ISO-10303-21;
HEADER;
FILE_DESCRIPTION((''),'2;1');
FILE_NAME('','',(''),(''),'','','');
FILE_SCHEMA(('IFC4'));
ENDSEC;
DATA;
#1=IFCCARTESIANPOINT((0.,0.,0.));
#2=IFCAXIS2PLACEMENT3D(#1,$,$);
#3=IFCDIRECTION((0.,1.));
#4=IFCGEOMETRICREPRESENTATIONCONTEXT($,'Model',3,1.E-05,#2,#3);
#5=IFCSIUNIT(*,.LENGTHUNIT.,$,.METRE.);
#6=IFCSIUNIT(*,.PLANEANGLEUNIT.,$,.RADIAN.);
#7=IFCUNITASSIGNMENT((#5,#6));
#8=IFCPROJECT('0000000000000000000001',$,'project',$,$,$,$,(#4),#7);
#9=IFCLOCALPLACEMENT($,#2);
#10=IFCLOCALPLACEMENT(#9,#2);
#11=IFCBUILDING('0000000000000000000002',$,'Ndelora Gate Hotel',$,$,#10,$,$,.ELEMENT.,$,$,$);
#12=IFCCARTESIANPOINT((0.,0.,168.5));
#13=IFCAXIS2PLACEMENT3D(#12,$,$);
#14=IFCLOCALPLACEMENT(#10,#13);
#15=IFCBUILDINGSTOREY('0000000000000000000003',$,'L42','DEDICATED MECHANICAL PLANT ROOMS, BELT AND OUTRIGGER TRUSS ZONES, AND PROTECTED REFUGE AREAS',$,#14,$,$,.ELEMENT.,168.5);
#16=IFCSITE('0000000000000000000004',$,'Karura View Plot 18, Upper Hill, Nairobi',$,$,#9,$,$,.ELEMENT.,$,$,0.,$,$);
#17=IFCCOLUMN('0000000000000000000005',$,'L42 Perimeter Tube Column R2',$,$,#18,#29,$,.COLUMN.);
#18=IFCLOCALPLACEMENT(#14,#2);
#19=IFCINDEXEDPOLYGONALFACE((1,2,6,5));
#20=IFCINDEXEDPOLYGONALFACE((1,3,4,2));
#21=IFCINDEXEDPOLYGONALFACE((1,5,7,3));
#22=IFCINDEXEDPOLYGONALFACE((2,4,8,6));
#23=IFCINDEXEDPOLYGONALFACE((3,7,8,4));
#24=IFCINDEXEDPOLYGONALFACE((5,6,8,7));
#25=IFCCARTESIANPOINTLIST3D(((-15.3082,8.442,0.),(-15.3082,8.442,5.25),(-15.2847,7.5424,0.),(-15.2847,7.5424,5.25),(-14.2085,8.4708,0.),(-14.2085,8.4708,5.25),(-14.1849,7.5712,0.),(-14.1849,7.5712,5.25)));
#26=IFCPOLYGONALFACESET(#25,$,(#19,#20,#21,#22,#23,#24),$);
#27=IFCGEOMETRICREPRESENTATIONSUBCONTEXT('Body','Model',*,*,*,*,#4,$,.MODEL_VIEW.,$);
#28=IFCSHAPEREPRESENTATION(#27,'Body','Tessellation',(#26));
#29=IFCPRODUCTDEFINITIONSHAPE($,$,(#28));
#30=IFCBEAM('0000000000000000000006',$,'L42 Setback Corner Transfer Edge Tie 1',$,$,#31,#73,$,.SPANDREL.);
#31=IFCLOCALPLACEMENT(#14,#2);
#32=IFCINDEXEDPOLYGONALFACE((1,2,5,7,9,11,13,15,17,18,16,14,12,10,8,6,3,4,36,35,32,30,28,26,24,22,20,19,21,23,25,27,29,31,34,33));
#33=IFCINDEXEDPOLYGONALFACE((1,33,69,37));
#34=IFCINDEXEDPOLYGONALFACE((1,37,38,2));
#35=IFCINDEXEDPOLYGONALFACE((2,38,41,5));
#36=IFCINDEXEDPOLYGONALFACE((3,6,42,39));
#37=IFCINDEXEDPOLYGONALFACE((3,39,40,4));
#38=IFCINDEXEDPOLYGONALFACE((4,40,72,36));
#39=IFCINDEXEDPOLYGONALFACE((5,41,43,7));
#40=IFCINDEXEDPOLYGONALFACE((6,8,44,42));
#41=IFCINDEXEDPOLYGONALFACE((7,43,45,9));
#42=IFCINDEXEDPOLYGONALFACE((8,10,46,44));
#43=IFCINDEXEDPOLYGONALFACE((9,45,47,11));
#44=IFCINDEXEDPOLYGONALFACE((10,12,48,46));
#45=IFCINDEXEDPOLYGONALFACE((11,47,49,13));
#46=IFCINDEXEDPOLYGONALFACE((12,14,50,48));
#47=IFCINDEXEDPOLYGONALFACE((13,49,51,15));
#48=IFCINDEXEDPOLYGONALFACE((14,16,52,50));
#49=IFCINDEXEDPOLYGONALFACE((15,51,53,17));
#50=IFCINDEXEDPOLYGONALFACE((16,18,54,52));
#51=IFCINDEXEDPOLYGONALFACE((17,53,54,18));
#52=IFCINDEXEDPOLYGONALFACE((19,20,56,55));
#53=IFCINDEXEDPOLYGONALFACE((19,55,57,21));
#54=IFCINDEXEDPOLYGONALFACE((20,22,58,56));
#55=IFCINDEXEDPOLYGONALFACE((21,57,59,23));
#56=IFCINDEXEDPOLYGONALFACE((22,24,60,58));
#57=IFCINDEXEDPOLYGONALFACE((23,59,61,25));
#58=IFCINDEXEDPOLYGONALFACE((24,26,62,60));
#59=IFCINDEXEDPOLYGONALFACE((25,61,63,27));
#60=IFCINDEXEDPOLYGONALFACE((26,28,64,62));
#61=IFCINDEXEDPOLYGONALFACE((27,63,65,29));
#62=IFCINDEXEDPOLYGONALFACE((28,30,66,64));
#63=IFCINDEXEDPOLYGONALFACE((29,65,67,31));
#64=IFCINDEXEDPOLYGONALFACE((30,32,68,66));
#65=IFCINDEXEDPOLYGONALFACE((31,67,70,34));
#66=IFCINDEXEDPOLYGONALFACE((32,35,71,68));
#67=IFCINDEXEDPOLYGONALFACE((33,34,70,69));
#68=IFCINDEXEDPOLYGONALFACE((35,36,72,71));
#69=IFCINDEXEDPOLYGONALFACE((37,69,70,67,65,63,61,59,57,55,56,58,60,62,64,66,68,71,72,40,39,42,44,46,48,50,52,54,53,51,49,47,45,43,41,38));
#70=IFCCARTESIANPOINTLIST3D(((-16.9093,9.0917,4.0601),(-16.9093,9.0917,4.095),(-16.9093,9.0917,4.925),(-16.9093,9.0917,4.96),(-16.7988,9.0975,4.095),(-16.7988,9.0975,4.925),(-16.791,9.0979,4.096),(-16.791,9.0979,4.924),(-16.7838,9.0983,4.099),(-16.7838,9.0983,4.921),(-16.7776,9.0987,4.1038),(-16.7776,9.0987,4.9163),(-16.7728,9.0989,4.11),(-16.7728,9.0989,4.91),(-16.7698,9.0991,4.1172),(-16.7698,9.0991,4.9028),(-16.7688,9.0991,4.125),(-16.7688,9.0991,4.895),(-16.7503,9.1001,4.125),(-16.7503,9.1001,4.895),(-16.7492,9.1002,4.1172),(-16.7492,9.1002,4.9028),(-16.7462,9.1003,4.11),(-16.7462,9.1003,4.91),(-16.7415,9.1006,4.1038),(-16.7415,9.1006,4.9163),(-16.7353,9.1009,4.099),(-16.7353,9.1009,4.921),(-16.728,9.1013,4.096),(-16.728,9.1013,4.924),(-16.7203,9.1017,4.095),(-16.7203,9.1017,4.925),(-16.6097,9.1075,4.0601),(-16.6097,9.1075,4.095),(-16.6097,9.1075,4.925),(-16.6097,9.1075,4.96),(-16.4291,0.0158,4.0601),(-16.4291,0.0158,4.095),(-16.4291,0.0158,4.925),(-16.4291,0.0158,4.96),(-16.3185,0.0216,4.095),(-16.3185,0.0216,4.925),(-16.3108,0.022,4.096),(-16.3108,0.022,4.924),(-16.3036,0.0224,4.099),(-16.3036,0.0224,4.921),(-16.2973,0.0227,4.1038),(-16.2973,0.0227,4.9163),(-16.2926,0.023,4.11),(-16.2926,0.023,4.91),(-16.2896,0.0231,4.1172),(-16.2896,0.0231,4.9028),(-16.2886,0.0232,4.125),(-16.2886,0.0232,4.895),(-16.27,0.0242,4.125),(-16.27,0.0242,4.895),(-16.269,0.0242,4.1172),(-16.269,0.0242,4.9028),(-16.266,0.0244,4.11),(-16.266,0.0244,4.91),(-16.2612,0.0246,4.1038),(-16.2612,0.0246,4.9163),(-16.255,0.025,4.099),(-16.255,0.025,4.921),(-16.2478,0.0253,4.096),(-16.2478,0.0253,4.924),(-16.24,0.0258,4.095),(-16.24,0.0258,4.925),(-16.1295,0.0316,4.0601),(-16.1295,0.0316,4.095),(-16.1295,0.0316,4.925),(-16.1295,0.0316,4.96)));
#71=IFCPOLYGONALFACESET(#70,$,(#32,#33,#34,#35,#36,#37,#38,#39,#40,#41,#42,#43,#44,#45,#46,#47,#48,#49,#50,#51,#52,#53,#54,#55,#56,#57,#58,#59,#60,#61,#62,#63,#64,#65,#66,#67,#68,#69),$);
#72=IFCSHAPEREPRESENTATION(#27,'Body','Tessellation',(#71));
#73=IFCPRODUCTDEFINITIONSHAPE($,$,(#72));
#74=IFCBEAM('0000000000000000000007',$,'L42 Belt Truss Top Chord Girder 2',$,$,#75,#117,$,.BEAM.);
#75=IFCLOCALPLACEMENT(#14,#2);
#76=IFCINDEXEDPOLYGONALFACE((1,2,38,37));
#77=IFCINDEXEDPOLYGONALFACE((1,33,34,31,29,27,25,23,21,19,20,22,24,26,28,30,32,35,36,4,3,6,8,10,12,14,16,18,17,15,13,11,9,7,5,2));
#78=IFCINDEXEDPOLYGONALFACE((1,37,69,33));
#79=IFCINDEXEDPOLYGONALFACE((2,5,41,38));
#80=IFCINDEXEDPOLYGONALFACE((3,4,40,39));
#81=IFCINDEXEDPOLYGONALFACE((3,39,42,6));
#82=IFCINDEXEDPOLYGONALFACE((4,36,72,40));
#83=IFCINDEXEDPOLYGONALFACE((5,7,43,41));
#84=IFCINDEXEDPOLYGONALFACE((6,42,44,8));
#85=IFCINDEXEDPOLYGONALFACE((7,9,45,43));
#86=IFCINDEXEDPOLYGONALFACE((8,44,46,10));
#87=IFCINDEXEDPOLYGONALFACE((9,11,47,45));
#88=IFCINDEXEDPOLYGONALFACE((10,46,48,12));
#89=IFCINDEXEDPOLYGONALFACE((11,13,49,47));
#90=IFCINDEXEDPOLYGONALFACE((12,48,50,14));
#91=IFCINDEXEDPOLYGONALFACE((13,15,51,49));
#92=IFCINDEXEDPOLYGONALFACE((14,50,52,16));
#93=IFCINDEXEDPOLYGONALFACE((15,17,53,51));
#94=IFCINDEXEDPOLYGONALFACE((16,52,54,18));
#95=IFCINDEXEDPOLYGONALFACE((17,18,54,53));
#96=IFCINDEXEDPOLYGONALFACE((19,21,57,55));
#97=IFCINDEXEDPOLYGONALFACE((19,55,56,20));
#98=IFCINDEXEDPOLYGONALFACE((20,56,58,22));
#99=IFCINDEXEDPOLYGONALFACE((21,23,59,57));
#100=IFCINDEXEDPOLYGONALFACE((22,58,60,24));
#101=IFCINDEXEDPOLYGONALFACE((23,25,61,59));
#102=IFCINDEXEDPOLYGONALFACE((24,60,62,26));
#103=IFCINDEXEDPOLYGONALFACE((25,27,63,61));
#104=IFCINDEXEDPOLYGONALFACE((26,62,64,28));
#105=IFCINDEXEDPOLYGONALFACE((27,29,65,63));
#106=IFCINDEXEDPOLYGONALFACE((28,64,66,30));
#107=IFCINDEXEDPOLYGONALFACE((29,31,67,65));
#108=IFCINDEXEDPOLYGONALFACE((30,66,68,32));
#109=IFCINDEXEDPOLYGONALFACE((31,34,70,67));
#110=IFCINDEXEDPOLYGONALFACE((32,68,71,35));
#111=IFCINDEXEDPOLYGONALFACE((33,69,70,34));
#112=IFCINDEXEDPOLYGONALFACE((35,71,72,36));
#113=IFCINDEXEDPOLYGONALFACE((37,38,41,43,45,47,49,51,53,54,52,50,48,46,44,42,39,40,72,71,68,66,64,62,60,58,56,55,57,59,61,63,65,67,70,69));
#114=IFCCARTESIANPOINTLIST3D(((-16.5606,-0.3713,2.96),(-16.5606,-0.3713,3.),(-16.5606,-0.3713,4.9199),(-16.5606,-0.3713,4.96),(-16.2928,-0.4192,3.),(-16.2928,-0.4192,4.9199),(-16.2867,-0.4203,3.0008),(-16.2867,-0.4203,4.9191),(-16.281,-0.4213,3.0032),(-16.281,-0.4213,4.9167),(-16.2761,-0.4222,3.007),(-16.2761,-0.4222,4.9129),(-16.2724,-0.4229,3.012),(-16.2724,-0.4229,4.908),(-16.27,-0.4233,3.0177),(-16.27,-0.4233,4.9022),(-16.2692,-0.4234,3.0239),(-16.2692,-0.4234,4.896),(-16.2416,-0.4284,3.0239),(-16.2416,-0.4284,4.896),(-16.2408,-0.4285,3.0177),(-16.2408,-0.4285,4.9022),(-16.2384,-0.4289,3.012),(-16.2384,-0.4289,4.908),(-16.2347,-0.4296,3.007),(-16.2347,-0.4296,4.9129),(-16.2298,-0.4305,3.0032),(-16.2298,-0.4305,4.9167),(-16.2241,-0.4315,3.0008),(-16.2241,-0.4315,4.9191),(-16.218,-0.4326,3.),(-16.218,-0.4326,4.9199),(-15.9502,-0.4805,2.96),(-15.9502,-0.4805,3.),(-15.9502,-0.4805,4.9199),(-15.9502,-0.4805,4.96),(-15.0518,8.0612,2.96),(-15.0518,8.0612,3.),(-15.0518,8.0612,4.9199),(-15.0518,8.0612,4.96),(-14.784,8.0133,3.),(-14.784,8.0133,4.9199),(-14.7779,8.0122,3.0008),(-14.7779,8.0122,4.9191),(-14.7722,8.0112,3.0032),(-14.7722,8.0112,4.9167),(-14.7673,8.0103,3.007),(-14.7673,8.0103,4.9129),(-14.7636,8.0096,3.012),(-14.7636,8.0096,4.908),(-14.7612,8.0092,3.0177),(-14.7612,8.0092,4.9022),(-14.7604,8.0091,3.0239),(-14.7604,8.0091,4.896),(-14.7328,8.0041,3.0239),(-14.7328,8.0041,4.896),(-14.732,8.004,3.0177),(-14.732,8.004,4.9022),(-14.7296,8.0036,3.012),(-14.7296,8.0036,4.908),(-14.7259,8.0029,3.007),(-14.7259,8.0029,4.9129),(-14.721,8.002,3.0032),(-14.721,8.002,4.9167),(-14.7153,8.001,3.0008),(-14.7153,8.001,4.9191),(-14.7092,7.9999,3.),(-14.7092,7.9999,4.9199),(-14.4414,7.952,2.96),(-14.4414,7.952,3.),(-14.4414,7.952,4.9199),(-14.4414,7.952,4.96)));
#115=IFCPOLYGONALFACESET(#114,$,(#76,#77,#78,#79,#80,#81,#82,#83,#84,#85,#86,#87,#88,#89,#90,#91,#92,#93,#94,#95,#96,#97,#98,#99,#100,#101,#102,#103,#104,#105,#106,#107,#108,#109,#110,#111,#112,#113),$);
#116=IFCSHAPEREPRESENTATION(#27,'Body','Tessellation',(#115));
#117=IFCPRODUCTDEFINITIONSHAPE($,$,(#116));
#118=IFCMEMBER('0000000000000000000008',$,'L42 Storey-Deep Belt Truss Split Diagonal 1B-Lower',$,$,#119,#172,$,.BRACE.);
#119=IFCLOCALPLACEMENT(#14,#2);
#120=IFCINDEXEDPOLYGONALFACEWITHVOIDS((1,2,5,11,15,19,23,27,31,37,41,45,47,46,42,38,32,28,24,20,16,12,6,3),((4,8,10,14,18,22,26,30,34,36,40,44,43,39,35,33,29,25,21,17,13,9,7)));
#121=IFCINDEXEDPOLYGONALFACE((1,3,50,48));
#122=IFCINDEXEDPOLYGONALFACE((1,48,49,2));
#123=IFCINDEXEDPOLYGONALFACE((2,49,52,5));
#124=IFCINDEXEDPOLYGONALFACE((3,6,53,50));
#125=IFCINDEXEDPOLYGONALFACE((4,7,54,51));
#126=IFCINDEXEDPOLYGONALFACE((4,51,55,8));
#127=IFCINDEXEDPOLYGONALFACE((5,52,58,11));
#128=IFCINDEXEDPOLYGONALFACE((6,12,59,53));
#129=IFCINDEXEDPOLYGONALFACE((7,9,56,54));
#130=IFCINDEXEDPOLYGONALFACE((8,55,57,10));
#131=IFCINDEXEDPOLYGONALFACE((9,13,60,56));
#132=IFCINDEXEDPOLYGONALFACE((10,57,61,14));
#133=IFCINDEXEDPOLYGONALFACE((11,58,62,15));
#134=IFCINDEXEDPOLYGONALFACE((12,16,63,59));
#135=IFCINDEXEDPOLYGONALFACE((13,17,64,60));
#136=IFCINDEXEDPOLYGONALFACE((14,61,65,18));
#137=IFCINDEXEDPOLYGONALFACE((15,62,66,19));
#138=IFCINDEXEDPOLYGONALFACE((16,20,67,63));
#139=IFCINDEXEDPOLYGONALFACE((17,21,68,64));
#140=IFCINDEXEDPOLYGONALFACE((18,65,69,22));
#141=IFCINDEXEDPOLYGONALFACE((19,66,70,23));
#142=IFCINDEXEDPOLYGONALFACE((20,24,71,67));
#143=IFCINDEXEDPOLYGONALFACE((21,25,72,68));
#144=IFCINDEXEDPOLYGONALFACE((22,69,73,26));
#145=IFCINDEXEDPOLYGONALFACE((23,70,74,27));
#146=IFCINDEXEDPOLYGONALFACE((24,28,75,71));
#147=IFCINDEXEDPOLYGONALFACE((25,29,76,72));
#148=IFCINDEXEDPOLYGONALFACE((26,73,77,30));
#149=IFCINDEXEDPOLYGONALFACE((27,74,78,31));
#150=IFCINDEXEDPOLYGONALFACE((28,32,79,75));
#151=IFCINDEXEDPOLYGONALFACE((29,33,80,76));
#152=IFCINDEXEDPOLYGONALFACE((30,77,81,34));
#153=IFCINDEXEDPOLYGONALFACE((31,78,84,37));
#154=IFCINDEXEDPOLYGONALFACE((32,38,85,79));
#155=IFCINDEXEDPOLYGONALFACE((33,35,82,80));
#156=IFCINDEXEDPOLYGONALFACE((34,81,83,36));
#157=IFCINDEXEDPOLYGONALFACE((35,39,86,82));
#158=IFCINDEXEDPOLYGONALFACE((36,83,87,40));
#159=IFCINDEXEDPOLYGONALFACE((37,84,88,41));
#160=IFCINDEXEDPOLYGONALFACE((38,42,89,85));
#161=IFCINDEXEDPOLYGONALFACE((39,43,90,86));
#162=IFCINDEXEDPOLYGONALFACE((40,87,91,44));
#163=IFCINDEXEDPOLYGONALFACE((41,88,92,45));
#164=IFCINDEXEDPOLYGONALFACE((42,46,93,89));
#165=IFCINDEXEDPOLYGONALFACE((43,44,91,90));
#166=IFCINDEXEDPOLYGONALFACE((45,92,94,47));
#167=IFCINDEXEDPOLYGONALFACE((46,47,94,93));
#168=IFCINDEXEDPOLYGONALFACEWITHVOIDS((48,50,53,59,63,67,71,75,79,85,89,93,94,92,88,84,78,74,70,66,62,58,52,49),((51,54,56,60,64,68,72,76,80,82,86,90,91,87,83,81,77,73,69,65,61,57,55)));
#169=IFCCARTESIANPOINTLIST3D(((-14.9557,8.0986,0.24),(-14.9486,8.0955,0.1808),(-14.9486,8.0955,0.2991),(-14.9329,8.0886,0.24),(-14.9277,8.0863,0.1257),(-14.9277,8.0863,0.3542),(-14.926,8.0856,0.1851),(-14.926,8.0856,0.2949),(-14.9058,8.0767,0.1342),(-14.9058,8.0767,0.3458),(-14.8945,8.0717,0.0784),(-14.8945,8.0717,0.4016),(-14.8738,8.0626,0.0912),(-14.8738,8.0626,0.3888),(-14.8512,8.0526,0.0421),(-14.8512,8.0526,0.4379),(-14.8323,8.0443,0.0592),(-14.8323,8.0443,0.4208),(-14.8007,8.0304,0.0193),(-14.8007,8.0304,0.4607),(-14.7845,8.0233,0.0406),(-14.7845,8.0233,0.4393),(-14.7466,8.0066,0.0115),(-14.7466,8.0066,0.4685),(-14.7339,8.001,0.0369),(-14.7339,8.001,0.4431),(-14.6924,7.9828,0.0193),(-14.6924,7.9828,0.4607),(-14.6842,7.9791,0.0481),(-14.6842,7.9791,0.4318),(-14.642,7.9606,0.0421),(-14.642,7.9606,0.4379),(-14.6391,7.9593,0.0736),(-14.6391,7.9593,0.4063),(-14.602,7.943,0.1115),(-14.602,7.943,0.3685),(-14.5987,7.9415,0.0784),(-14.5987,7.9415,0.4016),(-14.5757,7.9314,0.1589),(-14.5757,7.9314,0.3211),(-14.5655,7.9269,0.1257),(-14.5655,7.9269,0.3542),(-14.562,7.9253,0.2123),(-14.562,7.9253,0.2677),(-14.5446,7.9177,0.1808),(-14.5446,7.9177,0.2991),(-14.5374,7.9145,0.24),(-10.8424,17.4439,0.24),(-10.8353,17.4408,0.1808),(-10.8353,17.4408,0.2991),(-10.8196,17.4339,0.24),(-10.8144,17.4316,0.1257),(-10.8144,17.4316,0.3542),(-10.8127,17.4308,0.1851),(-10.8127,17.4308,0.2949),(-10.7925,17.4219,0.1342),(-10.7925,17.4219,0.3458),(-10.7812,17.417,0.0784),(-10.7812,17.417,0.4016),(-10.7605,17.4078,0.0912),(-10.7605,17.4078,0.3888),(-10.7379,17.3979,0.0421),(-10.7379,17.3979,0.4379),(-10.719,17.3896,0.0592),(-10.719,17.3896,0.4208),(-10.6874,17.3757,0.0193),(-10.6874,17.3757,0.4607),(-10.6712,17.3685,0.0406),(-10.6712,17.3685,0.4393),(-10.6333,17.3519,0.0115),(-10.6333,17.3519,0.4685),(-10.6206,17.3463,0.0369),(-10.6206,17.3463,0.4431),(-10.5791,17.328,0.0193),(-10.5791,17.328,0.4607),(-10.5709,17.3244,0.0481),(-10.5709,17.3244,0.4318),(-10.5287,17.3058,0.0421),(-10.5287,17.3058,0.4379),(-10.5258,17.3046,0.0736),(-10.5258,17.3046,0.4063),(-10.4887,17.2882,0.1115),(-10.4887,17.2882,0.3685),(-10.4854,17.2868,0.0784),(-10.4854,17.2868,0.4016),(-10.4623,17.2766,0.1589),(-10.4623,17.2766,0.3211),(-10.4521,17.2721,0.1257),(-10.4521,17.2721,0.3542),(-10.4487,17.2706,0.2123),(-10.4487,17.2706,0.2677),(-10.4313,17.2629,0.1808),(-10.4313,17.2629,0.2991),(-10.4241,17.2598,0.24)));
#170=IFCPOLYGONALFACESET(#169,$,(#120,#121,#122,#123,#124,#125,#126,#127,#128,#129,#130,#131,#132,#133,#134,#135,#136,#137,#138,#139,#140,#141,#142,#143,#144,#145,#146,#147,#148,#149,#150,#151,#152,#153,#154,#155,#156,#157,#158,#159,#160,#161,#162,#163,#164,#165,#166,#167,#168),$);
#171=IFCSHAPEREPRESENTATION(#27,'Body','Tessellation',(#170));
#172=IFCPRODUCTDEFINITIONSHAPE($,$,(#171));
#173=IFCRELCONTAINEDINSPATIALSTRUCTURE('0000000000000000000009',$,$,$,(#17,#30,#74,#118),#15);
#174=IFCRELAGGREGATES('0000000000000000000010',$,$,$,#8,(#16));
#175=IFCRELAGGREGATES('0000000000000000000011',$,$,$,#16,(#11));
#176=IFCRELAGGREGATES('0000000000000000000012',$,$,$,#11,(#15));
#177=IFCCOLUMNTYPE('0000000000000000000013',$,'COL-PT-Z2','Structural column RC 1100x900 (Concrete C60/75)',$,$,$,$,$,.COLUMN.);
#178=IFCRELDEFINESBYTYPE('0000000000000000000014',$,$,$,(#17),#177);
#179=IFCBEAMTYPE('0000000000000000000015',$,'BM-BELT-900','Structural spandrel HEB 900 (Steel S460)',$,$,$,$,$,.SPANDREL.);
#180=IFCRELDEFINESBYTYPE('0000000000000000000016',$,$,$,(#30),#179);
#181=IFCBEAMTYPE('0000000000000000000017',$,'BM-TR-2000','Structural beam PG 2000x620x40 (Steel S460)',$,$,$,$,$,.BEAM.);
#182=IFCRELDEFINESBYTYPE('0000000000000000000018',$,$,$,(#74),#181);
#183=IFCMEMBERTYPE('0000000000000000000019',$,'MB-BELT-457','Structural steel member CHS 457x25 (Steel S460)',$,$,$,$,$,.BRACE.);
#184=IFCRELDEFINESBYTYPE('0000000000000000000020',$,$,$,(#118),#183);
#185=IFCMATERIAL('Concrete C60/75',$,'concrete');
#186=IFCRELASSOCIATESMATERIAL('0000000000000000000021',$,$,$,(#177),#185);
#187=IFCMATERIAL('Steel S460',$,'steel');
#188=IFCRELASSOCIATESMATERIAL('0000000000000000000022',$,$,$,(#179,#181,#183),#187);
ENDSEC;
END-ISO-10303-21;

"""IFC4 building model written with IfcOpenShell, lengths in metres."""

from ifc_helpers import new_model, si_unit, direction, frame, origin, origin_2d, place, context, subcontext, project, spatial, rectangle, hollow_circle, i_section, extrude, material, material_profile, profile_set, type_object, element, save


model = new_model("IFC4")

# Units and contexts
model_context = context("Model", 3, precision=1e-05, world=origin(), true_north=direction((0.0, 1.0)))
body_context = subcontext(model_context, "Body", "Model", "MODEL_VIEW")
ifc_project = project(units=[si_unit("LENGTHUNIT", "METRE"), si_unit("PLANEANGLEUNIT", "RADIAN")], contexts=[model_context])

# Site, building, storey
site_placement = place(None, origin())
site = spatial("IfcSite", under=ifc_project, at=site_placement, Name="Karura View Plot 18, Upper Hill, Nairobi", CompositionType="ELEMENT", RefElevation=0.0)
building_placement = place(site_placement, origin())
building = spatial("IfcBuilding", under=site, at=building_placement, Name="Ndelora Gate Hotel", CompositionType="ELEMENT")
storey_placement = place(building_placement, frame((0.0, 0.0, 168.5)))
storey = spatial("IfcBuildingStorey", under=building, at=storey_placement, Name="L42", Description="DEDICATED MECHANICAL PLANT ROOMS, BELT AND OUTRIGGER TRUSS ZONES, AND PROTECTED REFUGE AREAS", CompositionType="ELEMENT", Elevation=168.5)

# Column
ifc_material_1 = material(Name="Concrete C60/75", Category="concrete")
ifc_material_profile_1 = material_profile(ifc_material_1, rectangle(XDim=0.8999, YDim=1.1001, at=origin_2d()), Name="RC 1100x900")
ifc_profile_set_1 = profile_set([ifc_material_profile_1], Name="Concrete C60/75")
column_type = type_object("IfcColumnType", Name="COL-PT-Z2", Description="Structural column RC 1100x900 (Concrete C60/75)", PredefinedType="COLUMN", material=ifc_profile_set_1)
column_placement = place(storey_placement, frame((-14.7466, 8.0066, 0.0), z_axis=(0.0, 0.0, 1.0), x_axis=(-0.026177, 0.999657, 0.0)))
element("IfcColumn", 1, at=column_placement, inside=storey, type_object=column_type, Name="L42 Perimeter Tube Column R2", PredefinedType="COLUMN", context=body_context, shape_type="SweptSolid", body=[
    extrude(rectangle(XDim=0.8999, YDim=1.1001, at=origin_2d()), origin(), (0.0, 0.0, 1.0), 5.25),
])

# Beams
ifc_material_2 = material(Name="Steel S460", Category="steel")
ifc_material_profile_2 = material_profile(ifc_material_2, i_section(OverallWidth=0.3, OverallDepth=0.8999, WebThickness=0.0186, FlangeThickness=0.0349, FilletRadius=0.03, at=origin_2d()), Name="HEB 900")
ifc_profile_set_2 = profile_set([ifc_material_profile_2], Name="Steel S460")
beam_type_1 = type_object("IfcBeamType", Name="BM-BELT-900", Description="Structural spandrel HEB 900 (Steel S460)", PredefinedType="SPANDREL", material=ifc_profile_set_2)
beam_1_placement = place(storey_placement, frame((-16.7595, 9.0996, 4.51), z_axis=(0.052838, -0.998603, 0.0), x_axis=(0.998603, 0.052838, 0.0)))
element("IfcBeam", 2, at=beam_1_placement, inside=storey, type_object=beam_type_1, Name="L42 Setback Corner Transfer Edge Tie 1", PredefinedType="SPANDREL", context=body_context, shape_type="SweptSolid", body=[
    extrude(i_section(OverallWidth=0.3, OverallDepth=0.8999, WebThickness=0.0186, FlangeThickness=0.0349, FilletRadius=0.03, at=origin_2d()), origin(), (0.0, 0.0, 1.0), 9.0886),
])
ifc_material_profile_3 = material_profile(ifc_material_2, i_section(OverallWidth=0.6201, OverallDepth=2.0, WebThickness=0.0281, FlangeThickness=0.04, FilletRadius=0.0239, at=origin_2d()), Name="PG 2000x620x40")
ifc_profile_set_3 = profile_set([ifc_material_profile_3], Name="Steel S460")
beam_type_2 = type_object("IfcBeamType", Name="BM-TR-2000", Description="Structural beam PG 2000x620x40 (Steel S460)", PredefinedType="BEAM", material=ifc_profile_set_3)
beam_2_placement = place(storey_placement, frame((-14.7466, 8.0066, 3.96), z_axis=(-0.176131, -0.984367, 0.0), x_axis=(0.984367, -0.176131, 0.0)))
element("IfcBeam", 3, at=beam_2_placement, inside=storey, type_object=beam_type_2, Name="L42 Belt Truss Top Chord Girder 2", PredefinedType="BEAM", context=body_context, shape_type="SweptSolid", body=[
    extrude(i_section(OverallWidth=0.6201, OverallDepth=2.0, WebThickness=0.0281, FlangeThickness=0.04, FilletRadius=0.0239, at=origin_2d()), origin(), (0.0, 0.0, 1.0), 8.5664),
])

# Member
ifc_material_profile_4 = material_profile(ifc_material_2, hollow_circle(Radius=0.2285, WallThickness=0.0249, at=origin_2d()), Name="CHS 457x25")
ifc_profile_set_4 = profile_set([ifc_material_profile_4], Name="Steel S460")
member_type_1 = type_object("IfcMemberType", Name="MB-BELT-457", Description="Structural steel member CHS 457x25 (Steel S460)", PredefinedType="BRACE", material=ifc_profile_set_4)
member_1_placement = place(storey_placement, frame((-14.7466, 8.0066, 0.24), z_axis=(0.402852, 0.915265, 0.0), x_axis=(-0.915265, 0.402852, 0.0)))
element("IfcMember", 4, at=member_1_placement, inside=storey, type_object=member_type_1, Name="L42 Storey-Deep Belt Truss Split Diagonal 1B-Lower", PredefinedType="BRACE", context=body_context, shape_type="SweptSolid", body=[
    extrude(hollow_circle(Radius=0.2285, WallThickness=0.0249, at=origin_2d()), origin(), (0.0, 0.0, 1.0), 10.2104),
])

save(model, "model.ifc")
